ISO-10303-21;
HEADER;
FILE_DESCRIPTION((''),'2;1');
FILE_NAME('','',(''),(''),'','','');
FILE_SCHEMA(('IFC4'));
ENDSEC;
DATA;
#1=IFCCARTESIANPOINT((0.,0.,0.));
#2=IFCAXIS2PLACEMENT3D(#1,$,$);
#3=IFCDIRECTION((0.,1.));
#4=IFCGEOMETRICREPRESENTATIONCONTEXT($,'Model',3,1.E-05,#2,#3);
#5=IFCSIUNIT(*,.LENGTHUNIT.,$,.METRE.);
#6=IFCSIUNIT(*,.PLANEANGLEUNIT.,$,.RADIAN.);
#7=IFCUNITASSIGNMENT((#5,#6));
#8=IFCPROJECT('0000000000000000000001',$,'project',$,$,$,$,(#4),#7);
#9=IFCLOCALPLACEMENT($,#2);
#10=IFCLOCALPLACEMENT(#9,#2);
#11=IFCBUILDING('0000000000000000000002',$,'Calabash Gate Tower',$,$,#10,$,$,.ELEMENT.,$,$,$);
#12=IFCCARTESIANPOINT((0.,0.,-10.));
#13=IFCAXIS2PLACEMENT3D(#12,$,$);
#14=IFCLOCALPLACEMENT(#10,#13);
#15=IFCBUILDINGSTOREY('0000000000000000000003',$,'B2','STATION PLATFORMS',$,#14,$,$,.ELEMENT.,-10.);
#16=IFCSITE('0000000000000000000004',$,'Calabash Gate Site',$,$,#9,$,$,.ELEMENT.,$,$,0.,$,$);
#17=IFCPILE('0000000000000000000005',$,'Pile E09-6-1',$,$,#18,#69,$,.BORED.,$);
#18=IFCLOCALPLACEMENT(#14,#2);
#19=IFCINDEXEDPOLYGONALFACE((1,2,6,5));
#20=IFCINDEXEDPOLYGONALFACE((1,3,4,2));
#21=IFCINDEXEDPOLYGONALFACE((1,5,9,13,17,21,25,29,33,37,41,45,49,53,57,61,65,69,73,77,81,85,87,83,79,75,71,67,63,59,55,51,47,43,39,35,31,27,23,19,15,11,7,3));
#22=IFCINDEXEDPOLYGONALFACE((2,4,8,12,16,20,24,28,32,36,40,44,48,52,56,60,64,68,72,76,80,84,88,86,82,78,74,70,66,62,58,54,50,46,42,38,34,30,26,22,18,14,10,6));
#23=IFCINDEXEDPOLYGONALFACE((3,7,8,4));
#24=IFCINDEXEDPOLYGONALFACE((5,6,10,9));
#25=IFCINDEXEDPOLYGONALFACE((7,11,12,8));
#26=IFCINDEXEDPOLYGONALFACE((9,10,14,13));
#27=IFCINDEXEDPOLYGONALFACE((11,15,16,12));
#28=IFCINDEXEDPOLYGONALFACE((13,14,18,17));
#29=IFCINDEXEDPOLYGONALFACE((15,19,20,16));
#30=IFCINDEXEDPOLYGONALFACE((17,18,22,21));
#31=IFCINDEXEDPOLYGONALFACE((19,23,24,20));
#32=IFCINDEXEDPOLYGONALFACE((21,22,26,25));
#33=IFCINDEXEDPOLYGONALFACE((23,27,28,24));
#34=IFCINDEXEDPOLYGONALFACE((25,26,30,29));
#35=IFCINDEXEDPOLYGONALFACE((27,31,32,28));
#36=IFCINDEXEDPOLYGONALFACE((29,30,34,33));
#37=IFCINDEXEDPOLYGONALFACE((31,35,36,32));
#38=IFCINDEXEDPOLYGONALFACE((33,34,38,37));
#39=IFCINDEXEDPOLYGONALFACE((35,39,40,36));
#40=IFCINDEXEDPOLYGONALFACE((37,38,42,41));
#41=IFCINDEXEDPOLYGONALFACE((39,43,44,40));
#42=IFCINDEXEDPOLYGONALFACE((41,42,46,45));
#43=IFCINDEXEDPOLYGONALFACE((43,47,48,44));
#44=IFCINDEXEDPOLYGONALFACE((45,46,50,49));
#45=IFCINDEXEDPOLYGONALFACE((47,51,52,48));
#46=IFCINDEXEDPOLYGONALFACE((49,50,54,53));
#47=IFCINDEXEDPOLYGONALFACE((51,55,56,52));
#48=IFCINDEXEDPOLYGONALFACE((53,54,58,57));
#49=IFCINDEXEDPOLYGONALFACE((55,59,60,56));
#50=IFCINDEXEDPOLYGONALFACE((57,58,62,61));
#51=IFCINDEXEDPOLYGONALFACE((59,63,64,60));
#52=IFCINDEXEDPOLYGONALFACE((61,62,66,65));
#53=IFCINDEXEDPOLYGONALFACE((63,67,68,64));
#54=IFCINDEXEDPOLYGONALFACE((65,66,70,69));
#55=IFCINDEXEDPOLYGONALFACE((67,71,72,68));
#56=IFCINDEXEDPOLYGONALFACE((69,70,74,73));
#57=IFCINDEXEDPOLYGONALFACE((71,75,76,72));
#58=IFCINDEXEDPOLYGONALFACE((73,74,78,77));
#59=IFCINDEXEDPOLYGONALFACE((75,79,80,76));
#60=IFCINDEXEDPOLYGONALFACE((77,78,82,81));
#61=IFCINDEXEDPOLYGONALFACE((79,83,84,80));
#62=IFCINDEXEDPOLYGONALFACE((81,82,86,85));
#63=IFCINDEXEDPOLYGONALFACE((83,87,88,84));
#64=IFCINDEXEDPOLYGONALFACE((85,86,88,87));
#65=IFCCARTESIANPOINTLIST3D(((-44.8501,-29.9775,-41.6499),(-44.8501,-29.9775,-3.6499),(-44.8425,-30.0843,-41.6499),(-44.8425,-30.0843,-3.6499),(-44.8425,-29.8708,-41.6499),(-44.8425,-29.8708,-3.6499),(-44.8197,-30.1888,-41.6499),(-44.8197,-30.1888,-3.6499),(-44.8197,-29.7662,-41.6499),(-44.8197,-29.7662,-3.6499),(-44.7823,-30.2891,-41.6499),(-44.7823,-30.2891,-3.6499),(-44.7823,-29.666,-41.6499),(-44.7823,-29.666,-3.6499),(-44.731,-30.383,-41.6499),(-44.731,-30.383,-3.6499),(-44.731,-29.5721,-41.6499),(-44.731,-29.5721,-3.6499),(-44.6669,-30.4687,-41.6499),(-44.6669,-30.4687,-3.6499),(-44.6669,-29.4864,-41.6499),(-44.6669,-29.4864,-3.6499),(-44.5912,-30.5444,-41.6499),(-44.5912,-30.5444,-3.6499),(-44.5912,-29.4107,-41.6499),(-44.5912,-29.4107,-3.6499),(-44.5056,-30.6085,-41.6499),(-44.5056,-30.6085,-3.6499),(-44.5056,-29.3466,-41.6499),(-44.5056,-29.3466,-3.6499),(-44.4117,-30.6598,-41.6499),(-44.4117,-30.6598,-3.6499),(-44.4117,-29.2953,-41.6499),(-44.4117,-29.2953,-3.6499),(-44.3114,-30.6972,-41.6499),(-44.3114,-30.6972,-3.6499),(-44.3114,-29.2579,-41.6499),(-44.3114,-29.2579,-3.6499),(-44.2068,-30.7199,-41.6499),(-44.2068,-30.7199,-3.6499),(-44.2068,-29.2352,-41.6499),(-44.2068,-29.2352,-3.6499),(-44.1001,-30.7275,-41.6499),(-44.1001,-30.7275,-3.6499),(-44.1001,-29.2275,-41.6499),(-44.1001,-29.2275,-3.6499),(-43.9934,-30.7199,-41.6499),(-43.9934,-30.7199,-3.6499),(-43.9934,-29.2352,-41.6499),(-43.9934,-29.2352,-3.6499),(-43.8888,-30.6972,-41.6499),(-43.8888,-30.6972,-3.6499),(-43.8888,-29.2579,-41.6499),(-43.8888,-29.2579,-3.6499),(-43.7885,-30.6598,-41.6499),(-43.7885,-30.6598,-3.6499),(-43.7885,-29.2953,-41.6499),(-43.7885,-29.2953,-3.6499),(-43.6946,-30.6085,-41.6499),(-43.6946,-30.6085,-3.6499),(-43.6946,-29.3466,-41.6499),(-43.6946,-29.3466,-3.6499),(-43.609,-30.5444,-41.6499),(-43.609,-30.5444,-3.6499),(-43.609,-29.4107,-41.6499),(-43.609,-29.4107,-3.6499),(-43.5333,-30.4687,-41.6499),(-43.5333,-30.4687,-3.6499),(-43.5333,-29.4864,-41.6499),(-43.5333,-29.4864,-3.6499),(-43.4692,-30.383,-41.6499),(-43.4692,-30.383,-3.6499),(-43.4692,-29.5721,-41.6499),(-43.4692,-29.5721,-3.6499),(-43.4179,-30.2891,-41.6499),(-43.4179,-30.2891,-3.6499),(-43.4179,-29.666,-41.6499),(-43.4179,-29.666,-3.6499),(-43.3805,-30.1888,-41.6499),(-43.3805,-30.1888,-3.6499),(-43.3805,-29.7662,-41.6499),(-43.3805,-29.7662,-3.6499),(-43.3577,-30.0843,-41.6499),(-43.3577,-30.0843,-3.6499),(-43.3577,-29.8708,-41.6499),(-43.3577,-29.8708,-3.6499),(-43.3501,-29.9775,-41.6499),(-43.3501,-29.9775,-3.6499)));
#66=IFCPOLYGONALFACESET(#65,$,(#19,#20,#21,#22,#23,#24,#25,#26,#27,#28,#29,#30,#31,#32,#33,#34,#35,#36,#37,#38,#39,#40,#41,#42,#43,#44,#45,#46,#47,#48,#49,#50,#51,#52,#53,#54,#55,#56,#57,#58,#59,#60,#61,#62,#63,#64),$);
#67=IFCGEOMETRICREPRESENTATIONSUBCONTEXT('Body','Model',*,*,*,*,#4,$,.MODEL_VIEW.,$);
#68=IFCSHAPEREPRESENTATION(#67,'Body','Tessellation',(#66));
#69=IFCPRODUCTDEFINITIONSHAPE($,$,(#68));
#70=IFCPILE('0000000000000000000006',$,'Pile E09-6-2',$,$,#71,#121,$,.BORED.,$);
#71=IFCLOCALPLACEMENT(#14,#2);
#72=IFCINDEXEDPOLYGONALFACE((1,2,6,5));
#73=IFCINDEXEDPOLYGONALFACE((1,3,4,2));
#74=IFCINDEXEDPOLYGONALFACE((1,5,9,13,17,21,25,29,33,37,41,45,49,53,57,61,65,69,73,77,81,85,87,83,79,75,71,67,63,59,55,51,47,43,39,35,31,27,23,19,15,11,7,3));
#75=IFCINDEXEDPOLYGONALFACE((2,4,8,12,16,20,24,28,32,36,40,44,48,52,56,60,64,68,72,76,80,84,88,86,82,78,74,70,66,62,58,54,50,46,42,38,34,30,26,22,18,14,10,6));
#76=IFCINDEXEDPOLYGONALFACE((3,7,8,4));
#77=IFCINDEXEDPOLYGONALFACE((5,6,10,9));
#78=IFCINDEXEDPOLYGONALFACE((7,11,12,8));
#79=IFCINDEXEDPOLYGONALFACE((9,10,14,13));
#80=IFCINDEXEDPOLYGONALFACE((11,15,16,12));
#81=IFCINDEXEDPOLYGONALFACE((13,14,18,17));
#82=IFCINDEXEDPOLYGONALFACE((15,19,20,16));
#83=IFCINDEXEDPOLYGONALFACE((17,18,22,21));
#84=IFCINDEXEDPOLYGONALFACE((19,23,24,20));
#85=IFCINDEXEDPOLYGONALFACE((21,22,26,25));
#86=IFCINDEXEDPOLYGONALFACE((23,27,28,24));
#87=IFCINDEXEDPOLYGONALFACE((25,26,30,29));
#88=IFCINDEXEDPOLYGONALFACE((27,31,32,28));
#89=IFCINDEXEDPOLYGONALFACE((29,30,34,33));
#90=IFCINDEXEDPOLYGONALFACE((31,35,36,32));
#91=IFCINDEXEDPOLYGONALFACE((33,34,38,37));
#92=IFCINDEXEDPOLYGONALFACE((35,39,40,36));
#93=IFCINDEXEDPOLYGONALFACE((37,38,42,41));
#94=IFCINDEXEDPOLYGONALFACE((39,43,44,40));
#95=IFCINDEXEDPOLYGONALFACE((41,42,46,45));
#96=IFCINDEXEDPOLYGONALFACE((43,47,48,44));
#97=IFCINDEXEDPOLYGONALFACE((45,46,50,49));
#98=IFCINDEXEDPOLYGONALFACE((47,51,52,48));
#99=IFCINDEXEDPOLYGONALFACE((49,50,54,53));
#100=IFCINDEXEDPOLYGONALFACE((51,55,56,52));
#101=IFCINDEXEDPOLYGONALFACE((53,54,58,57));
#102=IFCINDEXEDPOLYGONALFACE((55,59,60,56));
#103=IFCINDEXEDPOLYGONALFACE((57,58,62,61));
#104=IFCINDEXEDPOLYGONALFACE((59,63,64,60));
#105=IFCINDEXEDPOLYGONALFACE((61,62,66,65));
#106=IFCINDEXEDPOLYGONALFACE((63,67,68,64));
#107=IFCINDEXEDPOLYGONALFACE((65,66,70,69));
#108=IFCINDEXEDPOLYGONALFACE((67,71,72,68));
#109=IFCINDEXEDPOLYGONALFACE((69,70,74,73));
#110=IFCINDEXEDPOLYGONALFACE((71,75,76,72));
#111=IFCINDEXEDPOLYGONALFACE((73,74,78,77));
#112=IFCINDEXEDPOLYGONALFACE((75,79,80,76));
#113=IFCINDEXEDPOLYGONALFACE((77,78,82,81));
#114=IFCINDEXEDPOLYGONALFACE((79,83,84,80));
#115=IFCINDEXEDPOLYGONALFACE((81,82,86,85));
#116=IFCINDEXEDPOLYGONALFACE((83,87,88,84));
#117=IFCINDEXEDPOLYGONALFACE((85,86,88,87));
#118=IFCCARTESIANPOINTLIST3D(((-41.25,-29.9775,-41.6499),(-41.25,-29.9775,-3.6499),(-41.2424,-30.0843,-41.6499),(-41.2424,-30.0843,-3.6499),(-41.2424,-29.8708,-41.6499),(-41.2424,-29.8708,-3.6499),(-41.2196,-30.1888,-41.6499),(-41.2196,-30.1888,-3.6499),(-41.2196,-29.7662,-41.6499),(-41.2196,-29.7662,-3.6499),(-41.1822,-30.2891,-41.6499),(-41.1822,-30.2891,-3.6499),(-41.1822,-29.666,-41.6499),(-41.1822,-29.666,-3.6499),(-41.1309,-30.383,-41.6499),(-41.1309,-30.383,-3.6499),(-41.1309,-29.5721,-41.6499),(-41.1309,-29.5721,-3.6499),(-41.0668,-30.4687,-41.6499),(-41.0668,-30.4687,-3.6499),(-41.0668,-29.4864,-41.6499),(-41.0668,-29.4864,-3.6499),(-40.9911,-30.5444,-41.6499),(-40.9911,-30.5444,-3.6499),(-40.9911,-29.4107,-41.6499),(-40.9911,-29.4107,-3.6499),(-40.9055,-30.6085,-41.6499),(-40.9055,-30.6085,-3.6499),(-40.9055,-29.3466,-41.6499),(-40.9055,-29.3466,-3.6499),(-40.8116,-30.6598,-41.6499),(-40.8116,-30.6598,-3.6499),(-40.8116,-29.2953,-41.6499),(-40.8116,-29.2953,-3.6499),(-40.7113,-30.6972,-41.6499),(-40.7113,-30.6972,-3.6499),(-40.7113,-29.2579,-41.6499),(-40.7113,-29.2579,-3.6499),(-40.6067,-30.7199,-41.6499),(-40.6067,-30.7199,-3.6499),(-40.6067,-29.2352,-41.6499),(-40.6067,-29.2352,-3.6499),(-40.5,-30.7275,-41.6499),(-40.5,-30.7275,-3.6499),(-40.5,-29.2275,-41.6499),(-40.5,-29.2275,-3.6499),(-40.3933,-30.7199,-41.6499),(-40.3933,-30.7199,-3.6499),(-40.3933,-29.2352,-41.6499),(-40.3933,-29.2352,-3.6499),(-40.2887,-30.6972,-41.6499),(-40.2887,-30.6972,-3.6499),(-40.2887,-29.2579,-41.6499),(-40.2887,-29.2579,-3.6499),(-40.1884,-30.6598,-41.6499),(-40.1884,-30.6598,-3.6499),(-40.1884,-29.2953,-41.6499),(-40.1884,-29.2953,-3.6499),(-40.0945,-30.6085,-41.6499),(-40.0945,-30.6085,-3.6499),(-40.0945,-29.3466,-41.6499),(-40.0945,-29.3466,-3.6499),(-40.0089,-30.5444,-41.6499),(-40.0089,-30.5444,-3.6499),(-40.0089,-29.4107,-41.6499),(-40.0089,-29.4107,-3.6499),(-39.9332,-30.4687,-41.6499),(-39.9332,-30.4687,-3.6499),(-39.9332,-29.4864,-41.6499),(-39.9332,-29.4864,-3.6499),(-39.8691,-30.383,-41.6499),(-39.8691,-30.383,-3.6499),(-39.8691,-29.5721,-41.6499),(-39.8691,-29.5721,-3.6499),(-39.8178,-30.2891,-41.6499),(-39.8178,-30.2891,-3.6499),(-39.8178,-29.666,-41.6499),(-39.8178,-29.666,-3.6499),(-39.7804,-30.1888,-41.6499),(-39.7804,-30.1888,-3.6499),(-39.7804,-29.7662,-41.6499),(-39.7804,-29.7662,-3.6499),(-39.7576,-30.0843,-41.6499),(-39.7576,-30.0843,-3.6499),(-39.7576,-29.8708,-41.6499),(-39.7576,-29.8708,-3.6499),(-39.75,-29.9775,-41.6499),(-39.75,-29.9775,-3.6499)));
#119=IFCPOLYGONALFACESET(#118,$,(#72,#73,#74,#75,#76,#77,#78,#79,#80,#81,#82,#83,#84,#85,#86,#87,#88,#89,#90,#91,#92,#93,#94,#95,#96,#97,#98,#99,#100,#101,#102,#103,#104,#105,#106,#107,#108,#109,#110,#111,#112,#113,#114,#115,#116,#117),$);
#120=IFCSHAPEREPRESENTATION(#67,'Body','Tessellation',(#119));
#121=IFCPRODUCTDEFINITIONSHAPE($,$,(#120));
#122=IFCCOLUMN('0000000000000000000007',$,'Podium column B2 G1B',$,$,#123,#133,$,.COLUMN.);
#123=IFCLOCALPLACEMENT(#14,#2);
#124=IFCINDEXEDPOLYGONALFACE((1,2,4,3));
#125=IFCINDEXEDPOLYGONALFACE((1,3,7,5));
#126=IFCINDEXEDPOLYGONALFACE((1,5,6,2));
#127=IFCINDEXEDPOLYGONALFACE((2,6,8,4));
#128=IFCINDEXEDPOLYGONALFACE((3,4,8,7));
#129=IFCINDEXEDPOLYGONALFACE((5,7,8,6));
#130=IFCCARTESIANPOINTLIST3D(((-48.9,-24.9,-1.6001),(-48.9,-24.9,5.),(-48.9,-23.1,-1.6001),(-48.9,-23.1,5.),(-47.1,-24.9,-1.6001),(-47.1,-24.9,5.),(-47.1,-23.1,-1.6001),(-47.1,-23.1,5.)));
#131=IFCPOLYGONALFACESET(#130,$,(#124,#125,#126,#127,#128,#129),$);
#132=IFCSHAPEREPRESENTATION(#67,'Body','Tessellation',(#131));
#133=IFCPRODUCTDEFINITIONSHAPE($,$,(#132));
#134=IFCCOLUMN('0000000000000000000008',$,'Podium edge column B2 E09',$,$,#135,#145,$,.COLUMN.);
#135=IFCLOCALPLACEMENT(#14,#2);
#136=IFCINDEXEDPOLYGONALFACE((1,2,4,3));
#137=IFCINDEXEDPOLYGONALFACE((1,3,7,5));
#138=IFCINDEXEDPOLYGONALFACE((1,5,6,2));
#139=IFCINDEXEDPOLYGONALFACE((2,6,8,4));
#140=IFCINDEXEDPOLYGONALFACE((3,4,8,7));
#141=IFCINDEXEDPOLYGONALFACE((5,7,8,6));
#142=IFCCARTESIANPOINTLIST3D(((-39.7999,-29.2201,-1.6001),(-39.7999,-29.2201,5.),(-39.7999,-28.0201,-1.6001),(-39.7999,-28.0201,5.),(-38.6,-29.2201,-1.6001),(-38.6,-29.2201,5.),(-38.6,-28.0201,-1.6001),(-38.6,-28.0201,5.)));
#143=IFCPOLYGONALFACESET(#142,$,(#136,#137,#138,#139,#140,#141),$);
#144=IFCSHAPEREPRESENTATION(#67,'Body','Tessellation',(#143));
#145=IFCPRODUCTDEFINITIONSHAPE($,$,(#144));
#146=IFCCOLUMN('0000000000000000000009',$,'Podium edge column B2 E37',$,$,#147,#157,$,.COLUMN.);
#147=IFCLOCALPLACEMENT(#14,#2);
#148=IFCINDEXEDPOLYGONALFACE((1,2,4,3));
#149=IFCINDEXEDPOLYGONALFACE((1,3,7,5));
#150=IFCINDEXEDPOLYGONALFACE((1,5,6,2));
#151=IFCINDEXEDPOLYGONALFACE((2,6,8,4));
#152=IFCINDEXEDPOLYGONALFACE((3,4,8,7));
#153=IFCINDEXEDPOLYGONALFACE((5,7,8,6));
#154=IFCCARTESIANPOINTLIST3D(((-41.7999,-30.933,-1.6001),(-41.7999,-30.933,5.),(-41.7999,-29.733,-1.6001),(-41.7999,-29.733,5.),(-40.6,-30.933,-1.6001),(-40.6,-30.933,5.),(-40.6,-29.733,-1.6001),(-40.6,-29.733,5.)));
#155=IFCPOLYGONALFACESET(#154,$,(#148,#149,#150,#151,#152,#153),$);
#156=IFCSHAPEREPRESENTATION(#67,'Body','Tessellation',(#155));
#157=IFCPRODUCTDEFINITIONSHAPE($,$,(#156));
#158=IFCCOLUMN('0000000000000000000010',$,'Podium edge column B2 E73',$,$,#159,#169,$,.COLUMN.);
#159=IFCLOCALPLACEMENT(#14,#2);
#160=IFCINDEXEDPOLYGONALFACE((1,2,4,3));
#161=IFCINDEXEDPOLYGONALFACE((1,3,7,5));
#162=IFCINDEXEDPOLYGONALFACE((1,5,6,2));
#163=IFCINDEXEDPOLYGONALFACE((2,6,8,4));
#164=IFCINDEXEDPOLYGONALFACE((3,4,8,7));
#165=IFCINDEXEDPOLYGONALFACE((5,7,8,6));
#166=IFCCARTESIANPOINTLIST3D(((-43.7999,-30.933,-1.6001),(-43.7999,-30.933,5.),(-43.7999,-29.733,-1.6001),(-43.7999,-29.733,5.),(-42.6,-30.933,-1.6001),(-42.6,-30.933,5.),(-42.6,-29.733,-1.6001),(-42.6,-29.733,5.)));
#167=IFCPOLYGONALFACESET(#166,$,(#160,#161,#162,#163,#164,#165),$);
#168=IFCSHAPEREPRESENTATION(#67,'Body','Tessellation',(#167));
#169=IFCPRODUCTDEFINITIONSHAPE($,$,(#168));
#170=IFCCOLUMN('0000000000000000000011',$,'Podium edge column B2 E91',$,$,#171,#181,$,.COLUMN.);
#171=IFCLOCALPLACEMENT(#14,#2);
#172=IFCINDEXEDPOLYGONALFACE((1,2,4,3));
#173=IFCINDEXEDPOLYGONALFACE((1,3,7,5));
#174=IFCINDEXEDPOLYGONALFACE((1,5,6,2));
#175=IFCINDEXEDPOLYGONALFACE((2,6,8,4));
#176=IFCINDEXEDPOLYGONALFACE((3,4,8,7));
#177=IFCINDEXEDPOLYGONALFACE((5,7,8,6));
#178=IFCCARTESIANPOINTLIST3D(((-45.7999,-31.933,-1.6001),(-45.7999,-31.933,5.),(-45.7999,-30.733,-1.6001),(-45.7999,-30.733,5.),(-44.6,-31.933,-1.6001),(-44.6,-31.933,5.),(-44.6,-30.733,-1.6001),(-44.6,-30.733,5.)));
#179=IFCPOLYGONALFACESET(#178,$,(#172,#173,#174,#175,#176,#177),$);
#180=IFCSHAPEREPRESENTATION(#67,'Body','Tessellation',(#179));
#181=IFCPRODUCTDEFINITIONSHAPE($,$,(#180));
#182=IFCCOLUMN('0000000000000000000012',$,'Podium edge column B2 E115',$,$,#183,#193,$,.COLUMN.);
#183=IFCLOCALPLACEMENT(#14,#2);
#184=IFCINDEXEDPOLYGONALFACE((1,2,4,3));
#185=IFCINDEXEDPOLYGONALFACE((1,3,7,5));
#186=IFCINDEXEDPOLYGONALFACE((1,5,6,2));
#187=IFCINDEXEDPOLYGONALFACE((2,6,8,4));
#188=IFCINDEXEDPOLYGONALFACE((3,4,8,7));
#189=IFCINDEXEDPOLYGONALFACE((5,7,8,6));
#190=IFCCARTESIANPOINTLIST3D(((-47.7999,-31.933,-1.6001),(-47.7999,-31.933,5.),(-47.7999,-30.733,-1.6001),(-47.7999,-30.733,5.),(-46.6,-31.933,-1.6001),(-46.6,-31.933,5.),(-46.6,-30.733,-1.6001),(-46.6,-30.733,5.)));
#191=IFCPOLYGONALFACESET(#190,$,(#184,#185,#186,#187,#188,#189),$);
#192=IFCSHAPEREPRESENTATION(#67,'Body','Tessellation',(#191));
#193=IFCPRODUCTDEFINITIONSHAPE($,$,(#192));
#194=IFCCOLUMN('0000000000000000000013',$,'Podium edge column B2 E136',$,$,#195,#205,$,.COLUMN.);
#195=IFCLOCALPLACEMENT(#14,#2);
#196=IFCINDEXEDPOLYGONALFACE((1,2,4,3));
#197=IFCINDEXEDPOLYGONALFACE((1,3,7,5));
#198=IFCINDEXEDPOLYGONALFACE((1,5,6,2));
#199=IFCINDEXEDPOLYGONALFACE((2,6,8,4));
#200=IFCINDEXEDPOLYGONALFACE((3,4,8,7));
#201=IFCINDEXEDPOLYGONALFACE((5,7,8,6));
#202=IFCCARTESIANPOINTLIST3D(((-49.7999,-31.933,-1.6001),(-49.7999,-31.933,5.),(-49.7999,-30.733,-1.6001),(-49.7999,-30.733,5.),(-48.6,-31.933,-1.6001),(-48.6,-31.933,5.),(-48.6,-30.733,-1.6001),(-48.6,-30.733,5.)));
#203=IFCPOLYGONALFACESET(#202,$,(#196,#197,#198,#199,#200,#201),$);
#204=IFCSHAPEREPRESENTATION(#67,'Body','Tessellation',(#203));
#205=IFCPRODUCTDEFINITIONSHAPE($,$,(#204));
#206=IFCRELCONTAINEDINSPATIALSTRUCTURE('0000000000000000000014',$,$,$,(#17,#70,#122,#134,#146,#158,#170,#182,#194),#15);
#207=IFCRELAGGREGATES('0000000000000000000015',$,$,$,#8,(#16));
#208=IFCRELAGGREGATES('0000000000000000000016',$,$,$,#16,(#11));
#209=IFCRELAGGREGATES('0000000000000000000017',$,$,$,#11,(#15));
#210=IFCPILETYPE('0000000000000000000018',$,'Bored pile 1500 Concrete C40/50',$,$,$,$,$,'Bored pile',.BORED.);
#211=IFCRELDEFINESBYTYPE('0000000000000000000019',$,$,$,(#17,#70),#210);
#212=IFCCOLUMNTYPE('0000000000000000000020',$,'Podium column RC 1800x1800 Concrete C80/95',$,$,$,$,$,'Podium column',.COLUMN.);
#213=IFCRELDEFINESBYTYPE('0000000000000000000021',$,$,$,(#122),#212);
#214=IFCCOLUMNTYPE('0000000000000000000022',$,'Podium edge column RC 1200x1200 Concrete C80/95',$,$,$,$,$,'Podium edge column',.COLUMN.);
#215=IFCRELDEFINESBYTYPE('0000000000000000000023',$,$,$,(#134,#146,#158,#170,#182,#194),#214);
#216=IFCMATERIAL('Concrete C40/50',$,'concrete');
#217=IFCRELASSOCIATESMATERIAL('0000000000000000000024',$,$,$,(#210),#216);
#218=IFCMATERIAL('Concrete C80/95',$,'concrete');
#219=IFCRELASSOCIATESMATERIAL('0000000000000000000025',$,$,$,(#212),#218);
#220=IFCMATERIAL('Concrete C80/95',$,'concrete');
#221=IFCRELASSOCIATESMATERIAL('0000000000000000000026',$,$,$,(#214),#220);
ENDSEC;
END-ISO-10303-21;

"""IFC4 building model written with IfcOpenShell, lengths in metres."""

from ifc_helpers import new_model, si_unit, direction, frame, origin, origin_2d, place, context, subcontext, project, spatial, rectangle, circle, extrude, material, material_profile, profile_set, type_object, element, save


model = new_model("IFC4")

# Units and contexts
model_context = context("Model", 3, precision=1e-05, world=origin(), true_north=direction((0.0, 1.0)))
body_context = subcontext(model_context, "Body", "Model", "MODEL_VIEW")
ifc_project = project(units=[si_unit("LENGTHUNIT", "METRE"), si_unit("PLANEANGLEUNIT", "RADIAN")], contexts=[model_context])

# Site, building, storey
site_placement = place(None, origin())
site = spatial("IfcSite", under=ifc_project, at=site_placement, Name="Calabash Gate Site", CompositionType="ELEMENT", RefElevation=0.0)
building_placement = place(site_placement, origin())
building = spatial("IfcBuilding", under=site, at=building_placement, Name="Calabash Gate Tower", CompositionType="ELEMENT")
storey_placement = place(building_placement, frame((0.0, 0.0, -10.0)))
storey = spatial("IfcBuildingStorey", under=building, at=storey_placement, Name="B2", Description="STATION PLATFORMS", CompositionType="ELEMENT", Elevation=-10.0)

# Piles
ifc_material_1 = material(Name="Concrete C40/50", Category="concrete")
ifc_material_profile_1 = material_profile(ifc_material_1, circle(Radius=0.75, at=origin_2d()))
ifc_profile_set_1 = profile_set([ifc_material_profile_1], Name="Concrete C40/50")
pile_type = type_object("IfcPileType", Name="Bored pile 1500 Concrete C40/50", ElementType="Bored pile", PredefinedType="BORED", material=ifc_profile_set_1)
for number, where, z_axis, x_axis, name in (
    (1, (-44.1001, -29.9775, -3.6499), (0.0, 0.0, -1.0), (1.0, 0.0, 0.0), "Pile E09-6-1"),
    (2, (-40.5, -29.9775, -3.6499), (0.0, 0.0, -1.0), (1.0, 0.0, 0.0), "Pile E09-6-2"),
):
    element("IfcPile", number, at=place(storey_placement, frame(where, z_axis=z_axis, x_axis=x_axis)), inside=storey, type_object=pile_type, Name=name, PredefinedType="BORED", context=body_context, shape_type="SweptSolid", body=[
        extrude(circle(Radius=0.75, at=origin_2d()), origin(), (0.0, 0.0, 1.0), 38.0),
    ])

# Columns
ifc_material_2 = material(Name="Concrete C80/95", Category="concrete")
ifc_material_profile_2 = material_profile(ifc_material_2, rectangle(XDim=1.8, YDim=1.8, at=origin_2d()))
ifc_profile_set_2 = profile_set([ifc_material_profile_2], Name="Concrete C80/95")
column_type_1 = type_object("IfcColumnType", Name="Podium column RC 1800x1800 Concrete C80/95", ElementType="Podium column", PredefinedType="COLUMN", material=ifc_profile_set_2)
column_placement = place(storey_placement, frame((-48.0, -24.0, -1.6001), z_axis=(0.0, 0.0, 1.0), x_axis=(1.0, 0.0, 0.0)))
element("IfcColumn", 3, at=column_placement, inside=storey, type_object=column_type_1, Name="Podium column B2 G1B", PredefinedType="COLUMN", context=body_context, shape_type="SweptSolid", body=[
    extrude(rectangle(XDim=1.8, YDim=1.8, at=origin_2d()), origin(), (0.0, 0.0, 1.0), 6.6001),
])
ifc_material_3 = material(Name="Concrete C80/95", Category="concrete")
ifc_material_profile_3 = material_profile(ifc_material_3, rectangle(XDim=1.2, YDim=1.2, at=origin_2d()))
ifc_profile_set_3 = profile_set([ifc_material_profile_3], Name="Concrete C80/95")
column_type_2 = type_object("IfcColumnType", Name="Podium edge column RC 1200x1200 Concrete C80/95", ElementType="Podium edge column", PredefinedType="COLUMN", material=ifc_profile_set_3)
for number, where, z_axis, x_axis, name in (
    (4, (-39.2, -28.6201, -1.6001), (0.0, 0.0, 1.0), (1.0, 0.0, 0.0), "Podium edge column B2 E09"),
    (5, (-41.2, -30.333, -1.6001), (0.0, 0.0, 1.0), (1.0, 0.0, 0.0), "Podium edge column B2 E37"),
    (6, (-43.2, -30.333, -1.6001), (0.0, 0.0, 1.0), (1.0, 0.0, 0.0), "Podium edge column B2 E73"),
    (7, (-45.2, -31.333, -1.6001), (0.0, 0.0, 1.0), (1.0, 0.0, 0.0), "Podium edge column B2 E91"),
    (8, (-47.2, -31.333, -1.6001), (0.0, 0.0, 1.0), (1.0, 0.0, 0.0), "Podium edge column B2 E115"),
    (9, (-49.2, -31.333, -1.6001), (0.0, 0.0, 1.0), (1.0, 0.0, 0.0), "Podium edge column B2 E136"),
):
    element("IfcColumn", number, at=place(storey_placement, frame(where, z_axis=z_axis, x_axis=x_axis)), inside=storey, type_object=column_type_2, Name=name, PredefinedType="COLUMN", context=body_context, shape_type="SweptSolid", body=[
        extrude(rectangle(XDim=1.2, YDim=1.2, at=origin_2d()), origin(), (0.0, 0.0, 1.0), 6.6001),
    ])

save(model, "model.ifc")
